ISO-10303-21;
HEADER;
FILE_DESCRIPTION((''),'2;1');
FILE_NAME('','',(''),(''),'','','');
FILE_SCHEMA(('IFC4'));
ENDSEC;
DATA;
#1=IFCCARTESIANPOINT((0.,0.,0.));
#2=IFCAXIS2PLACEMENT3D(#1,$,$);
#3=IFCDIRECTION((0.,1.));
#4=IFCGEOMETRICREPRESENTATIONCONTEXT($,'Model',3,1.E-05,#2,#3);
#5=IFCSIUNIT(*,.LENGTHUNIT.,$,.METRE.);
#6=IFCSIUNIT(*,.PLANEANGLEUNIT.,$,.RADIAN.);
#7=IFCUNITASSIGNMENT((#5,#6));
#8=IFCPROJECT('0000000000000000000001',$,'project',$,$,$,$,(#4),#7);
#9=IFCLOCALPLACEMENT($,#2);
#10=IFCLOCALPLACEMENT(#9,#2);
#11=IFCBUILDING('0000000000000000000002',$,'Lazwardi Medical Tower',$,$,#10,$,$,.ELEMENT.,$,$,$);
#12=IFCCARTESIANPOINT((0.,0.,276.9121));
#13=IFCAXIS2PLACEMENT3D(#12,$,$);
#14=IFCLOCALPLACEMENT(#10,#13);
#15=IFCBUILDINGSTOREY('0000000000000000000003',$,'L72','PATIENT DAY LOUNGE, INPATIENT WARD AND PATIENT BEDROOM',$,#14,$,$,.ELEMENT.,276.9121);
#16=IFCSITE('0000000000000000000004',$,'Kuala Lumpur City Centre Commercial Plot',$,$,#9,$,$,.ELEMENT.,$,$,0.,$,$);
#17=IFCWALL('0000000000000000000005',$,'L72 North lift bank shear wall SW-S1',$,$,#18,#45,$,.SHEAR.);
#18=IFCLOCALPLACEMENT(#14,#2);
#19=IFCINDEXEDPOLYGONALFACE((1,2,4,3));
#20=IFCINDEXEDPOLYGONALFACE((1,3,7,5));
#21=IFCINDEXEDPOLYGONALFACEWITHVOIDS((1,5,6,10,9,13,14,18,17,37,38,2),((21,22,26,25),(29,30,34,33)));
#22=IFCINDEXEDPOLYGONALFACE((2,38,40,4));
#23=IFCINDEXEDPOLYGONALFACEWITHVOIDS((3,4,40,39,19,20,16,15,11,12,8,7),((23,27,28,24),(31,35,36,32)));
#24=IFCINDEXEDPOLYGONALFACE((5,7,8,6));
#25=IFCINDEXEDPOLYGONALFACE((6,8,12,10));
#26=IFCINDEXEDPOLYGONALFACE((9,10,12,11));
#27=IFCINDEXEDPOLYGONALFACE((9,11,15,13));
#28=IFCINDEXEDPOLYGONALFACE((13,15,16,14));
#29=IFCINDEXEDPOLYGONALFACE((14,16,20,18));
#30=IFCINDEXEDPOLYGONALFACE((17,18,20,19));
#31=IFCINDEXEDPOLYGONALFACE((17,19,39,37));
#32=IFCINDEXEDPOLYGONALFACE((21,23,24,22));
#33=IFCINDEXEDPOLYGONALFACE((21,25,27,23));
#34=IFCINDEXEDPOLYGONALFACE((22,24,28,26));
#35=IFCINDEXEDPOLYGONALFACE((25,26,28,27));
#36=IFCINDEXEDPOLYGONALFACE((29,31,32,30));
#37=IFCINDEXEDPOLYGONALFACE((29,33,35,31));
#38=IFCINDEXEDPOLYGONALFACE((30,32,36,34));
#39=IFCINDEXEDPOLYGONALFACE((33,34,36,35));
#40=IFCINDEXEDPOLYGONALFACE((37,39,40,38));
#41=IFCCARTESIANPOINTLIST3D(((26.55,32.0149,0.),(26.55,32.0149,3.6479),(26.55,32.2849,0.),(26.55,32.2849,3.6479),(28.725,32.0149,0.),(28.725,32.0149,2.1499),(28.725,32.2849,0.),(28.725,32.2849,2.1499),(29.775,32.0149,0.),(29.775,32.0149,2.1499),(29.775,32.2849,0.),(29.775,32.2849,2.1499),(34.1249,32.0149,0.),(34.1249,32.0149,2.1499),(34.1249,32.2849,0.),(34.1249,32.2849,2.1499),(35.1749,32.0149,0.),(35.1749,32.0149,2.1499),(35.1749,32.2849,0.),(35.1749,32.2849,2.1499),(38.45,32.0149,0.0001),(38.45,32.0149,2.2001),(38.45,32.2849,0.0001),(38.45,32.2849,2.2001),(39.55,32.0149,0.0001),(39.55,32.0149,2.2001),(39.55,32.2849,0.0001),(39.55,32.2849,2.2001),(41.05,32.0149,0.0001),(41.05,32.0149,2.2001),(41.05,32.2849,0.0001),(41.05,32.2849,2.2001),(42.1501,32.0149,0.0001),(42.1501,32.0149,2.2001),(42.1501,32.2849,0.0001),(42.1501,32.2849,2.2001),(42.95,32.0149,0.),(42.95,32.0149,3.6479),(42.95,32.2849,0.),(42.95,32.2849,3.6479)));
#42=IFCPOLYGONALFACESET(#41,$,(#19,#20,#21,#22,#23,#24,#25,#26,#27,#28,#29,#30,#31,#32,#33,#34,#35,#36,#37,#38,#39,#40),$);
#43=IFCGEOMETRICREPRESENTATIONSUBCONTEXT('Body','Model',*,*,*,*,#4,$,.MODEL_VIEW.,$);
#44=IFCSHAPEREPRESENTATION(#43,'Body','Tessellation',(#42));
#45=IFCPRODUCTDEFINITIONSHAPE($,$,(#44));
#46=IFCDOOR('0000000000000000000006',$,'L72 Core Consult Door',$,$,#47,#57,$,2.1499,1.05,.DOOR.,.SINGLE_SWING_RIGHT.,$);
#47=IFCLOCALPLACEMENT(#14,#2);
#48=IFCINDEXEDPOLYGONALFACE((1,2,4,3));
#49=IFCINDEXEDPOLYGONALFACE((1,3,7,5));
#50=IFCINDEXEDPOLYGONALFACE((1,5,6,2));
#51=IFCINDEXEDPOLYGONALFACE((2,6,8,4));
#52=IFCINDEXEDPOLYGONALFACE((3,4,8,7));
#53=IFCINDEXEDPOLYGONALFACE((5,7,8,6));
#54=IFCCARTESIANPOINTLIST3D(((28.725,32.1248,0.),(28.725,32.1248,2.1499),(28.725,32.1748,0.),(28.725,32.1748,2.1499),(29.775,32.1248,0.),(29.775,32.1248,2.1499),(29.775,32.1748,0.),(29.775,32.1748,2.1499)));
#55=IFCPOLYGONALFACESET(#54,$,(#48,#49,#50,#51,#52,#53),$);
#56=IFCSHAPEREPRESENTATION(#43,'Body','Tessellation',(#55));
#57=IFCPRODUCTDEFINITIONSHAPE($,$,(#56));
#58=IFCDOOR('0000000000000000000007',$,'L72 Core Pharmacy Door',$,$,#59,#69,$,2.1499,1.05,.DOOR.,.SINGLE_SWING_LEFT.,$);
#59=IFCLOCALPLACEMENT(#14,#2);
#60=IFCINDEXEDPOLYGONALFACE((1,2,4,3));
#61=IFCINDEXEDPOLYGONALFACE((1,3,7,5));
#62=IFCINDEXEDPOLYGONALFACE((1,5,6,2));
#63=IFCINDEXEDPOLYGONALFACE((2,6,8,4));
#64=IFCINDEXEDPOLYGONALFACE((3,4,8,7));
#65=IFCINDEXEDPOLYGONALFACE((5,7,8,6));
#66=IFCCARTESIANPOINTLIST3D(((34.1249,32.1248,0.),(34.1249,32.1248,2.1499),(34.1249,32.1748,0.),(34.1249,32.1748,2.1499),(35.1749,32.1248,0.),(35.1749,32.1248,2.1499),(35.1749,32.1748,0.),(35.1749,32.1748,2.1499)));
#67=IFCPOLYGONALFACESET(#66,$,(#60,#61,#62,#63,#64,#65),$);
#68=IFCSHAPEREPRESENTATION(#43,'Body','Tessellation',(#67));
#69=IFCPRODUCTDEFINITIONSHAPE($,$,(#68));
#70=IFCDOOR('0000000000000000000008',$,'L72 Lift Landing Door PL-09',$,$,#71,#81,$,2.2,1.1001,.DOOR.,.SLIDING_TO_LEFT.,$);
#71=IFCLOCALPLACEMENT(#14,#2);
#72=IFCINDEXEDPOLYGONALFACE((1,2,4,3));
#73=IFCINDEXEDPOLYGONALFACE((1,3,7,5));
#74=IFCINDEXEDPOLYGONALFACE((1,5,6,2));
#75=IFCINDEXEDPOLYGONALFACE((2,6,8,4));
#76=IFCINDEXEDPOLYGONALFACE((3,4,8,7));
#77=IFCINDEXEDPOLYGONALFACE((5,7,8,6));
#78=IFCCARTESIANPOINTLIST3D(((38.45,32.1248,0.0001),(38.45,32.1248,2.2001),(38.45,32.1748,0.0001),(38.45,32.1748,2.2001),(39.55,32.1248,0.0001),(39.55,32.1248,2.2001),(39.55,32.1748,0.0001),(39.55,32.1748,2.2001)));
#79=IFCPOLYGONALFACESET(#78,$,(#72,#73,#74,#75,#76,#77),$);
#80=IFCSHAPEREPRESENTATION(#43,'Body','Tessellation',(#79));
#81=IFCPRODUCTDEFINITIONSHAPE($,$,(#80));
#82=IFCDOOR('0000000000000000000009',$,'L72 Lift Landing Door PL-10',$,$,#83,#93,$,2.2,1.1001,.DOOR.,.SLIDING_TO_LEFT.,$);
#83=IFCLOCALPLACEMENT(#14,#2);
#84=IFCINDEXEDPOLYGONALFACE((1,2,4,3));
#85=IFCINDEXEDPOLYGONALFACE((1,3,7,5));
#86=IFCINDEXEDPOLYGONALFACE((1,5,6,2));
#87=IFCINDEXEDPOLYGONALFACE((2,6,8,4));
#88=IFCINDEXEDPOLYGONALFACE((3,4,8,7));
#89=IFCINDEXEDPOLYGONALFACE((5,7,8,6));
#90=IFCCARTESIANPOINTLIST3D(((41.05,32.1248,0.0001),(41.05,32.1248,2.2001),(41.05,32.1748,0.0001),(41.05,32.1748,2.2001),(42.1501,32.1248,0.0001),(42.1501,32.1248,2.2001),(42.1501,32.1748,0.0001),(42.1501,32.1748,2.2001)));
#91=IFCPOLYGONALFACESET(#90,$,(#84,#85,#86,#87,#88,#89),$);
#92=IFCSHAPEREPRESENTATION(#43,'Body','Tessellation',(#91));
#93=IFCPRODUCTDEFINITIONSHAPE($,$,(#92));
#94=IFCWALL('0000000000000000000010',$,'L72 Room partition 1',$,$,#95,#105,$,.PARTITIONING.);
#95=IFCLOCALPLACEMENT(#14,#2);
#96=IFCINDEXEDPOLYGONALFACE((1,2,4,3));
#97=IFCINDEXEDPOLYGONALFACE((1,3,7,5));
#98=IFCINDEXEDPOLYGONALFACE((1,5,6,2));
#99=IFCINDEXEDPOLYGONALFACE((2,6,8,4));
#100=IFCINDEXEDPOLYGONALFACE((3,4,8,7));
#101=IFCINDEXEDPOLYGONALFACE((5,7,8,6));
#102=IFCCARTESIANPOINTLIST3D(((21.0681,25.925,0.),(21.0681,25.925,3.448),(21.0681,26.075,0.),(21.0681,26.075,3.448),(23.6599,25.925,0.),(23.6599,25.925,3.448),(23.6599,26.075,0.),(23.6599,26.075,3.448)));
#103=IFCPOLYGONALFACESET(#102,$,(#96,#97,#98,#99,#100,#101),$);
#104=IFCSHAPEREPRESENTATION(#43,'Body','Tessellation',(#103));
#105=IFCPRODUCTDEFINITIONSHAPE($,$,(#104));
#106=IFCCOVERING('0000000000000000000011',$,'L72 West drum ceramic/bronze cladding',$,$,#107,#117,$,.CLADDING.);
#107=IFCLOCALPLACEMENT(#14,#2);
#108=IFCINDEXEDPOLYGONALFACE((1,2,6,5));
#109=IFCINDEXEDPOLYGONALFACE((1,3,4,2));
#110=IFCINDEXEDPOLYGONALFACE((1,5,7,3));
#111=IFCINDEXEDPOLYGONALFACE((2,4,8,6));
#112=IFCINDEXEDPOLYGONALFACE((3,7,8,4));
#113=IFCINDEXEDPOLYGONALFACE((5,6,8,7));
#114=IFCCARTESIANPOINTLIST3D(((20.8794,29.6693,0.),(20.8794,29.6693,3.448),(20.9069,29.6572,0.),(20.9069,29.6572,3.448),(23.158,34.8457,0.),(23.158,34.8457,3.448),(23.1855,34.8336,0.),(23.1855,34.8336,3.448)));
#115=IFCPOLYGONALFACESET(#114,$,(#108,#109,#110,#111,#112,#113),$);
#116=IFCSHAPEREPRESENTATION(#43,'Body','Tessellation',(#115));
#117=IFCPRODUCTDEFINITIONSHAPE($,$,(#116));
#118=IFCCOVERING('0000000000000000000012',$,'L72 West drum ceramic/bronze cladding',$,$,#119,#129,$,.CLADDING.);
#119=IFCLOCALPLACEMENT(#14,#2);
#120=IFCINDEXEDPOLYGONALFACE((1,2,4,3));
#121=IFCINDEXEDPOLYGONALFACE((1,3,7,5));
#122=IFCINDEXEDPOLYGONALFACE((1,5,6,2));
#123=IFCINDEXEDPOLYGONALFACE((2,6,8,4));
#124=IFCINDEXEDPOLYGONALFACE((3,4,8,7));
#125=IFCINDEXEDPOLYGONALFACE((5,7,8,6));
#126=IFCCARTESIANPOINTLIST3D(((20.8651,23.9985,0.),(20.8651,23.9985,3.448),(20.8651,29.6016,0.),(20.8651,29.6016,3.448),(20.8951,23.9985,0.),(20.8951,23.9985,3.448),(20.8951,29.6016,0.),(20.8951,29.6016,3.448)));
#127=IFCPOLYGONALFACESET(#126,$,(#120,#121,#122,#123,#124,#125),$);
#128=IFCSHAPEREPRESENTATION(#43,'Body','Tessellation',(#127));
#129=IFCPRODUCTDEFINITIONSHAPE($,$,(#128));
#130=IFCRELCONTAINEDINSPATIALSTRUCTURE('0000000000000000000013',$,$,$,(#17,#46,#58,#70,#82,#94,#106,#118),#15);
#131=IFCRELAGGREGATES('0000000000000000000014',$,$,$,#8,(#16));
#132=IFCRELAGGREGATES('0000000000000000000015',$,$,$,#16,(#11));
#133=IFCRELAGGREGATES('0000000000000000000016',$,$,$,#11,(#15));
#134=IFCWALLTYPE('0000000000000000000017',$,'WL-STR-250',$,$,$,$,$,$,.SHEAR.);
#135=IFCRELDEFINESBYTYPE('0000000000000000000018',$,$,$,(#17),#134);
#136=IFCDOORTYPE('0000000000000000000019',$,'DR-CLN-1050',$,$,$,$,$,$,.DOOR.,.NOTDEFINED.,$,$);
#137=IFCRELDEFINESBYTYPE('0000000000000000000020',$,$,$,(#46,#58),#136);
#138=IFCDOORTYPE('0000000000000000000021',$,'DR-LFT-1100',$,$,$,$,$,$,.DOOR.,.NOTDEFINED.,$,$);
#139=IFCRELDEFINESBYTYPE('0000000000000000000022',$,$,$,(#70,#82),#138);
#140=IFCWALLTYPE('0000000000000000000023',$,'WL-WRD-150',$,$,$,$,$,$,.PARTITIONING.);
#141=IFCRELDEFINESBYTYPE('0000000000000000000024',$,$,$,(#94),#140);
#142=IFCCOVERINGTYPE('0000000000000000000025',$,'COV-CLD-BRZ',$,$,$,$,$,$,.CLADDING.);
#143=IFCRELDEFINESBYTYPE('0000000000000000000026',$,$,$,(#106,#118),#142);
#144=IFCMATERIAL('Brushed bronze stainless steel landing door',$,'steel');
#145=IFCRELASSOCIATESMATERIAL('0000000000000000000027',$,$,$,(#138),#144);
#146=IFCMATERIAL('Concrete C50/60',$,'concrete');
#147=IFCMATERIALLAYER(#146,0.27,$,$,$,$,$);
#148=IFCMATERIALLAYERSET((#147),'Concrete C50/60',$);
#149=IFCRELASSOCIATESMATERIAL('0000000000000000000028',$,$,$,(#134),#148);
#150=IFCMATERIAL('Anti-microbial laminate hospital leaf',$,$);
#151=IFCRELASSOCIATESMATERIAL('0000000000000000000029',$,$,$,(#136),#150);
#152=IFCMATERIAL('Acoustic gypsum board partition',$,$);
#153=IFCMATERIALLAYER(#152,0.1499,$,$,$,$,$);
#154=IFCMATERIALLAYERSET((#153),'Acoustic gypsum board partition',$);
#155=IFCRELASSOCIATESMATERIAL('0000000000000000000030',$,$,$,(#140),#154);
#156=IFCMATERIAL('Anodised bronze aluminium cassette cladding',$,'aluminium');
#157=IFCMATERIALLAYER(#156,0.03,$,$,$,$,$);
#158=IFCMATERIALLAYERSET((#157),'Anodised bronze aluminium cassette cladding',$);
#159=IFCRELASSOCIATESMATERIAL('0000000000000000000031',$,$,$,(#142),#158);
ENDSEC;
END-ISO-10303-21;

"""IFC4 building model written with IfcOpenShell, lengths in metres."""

from ifc_helpers import new_model, si_unit, direction, frame, frame_2d, origin, origin_2d, place, context, subcontext, project, spatial, rectangle, extrude, material, layer, layer_set, type_object, element, fill, save


model = new_model("IFC4")

# Units and contexts
model_context = context("Model", 3, precision=1e-05, world=origin(), true_north=direction((0.0, 1.0)))
body_context = subcontext(model_context, "Body", "Model", "MODEL_VIEW")
ifc_project = project(units=[si_unit("LENGTHUNIT", "METRE"), si_unit("PLANEANGLEUNIT", "RADIAN")], contexts=[model_context])

# Site, building, storey
site_placement = place(None, origin())
site = spatial("IfcSite", under=ifc_project, at=site_placement, Name="Kuala Lumpur City Centre Commercial Plot", CompositionType="ELEMENT", RefElevation=0.0)
building_placement = place(site_placement, origin())
building = spatial("IfcBuilding", under=site, at=building_placement, Name="Lazwardi Medical Tower", CompositionType="ELEMENT")
storey_placement = place(building_placement, frame((0.0, 0.0, 276.9121)))
storey = spatial("IfcBuildingStorey", under=building, at=storey_placement, Name="L72", Description="PATIENT DAY LOUNGE, INPATIENT WARD AND PATIENT BEDROOM", CompositionType="ELEMENT", Elevation=276.9121)

# Shared definitions
ifc_material_1 = material(Name="Anti-microbial laminate hospital leaf")
ifc_material_2 = material(Name="Brushed bronze stainless steel landing door", Category="steel")
door_type_1 = type_object("IfcDoorType", Name="DR-LFT-1100", OperationType="NOTDEFINED", PredefinedType="DOOR", material=ifc_material_2)

# Shared definitions
ifc_material_3 = material(Name="Concrete C50/60", Category="concrete")
ifc_layer_1 = layer(ifc_material_3, 0.27)
ifc_layer_set_1 = layer_set([ifc_layer_1], Name="Concrete C50/60")
wall_type_1 = type_object("IfcWallType", Name="WL-STR-250", PredefinedType="SHEAR", material=ifc_layer_set_1)

# Wall, openings, doors
wall_1_placement = place(storey_placement, frame((26.55, 32.1499, 0.0), z_axis=(0.0, 0.0, 1.0), x_axis=(1.0, 0.0, 0.0)))
wall_1 = element("IfcWall", 1, at=wall_1_placement, inside=storey, type_object=wall_type_1, Name="L72 North lift bank shear wall SW-S1", PredefinedType="SHEAR", context=body_context, shape_type="SweptSolid", body=[
    extrude(rectangle(XDim=16.3999, YDim=0.27, at=frame_2d((8.2, 0.0))), origin(), (0.0, 0.0, 1.0), 3.6479),
])
opening_1_placement = place(wall_1_placement, frame((2.175, 0.0, 0.0)))
opening_1 = element("IfcOpeningElement", 2, at=opening_1_placement, cuts=wall_1, PredefinedType="OPENING", context=body_context, shape_type="SweptSolid", body=[
    extrude(rectangle(XDim=1.05, YDim=2.1499, at=frame_2d((0.5249, 1.075))), frame((0.0, 0.145, 0.0), z_axis=(0.0, -1.0, 0.0), x_axis=(1.0, 0.0, 0.0)), (0.0, 0.0, 1.0), 0.29),
])
opening_2_placement = place(wall_1_placement, frame((7.575, 0.0, 0.0)))
opening_2 = element("IfcOpeningElement", 3, at=opening_2_placement, cuts=wall_1, PredefinedType="OPENING", context=body_context, shape_type="SweptSolid", body=[
    extrude(rectangle(XDim=1.05, YDim=2.1499, at=frame_2d((0.5249, 1.075))), frame((0.0, 0.145, 0.0), z_axis=(0.0, -1.0, 0.0), x_axis=(1.0, 0.0, 0.0)), (0.0, 0.0, 1.0), 0.29),
])
opening_3_placement = place(wall_1_placement, frame((11.8999, 0.0, 0.0)))
opening_3 = element("IfcOpeningElement", 4, at=opening_3_placement, cuts=wall_1, PredefinedType="OPENING", context=body_context, shape_type="SweptSolid", body=[
    extrude(rectangle(XDim=1.1001, YDim=2.2, at=frame_2d((0.55, 1.1001))), frame((0.0, 0.145, 0.0), z_axis=(0.0, -1.0, 0.0), x_axis=(1.0, 0.0, 0.0)), (0.0, 0.0, 1.0), 0.29),
])
opening_4_placement = place(wall_1_placement, frame((14.5, 0.0, 0.0)))
opening_4 = element("IfcOpeningElement", 5, at=opening_4_placement, cuts=wall_1, PredefinedType="OPENING", context=body_context, shape_type="SweptSolid", body=[
    extrude(rectangle(XDim=1.1001, YDim=2.2, at=frame_2d((0.55, 1.1001))), frame((0.0, 0.145, 0.0), z_axis=(0.0, -1.0, 0.0), x_axis=(1.0, 0.0, 0.0)), (0.0, 0.0, 1.0), 0.29),
])
door_type_2 = type_object("IfcDoorType", Name="DR-CLN-1050", OperationType="NOTDEFINED", PredefinedType="DOOR", material=ifc_material_1)
door_1_placement = place(opening_1_placement, origin())
door_1 = element("IfcDoor", 6, at=door_1_placement, inside=storey, type_object=door_type_2, Name="L72 Core Consult Door", OperationType="SINGLE_SWING_RIGHT", OverallHeight=2.1499, OverallWidth=1.05, PredefinedType="DOOR", context=body_context, shape_type="SweptSolid", body=[
    extrude(rectangle(XDim=1.05, YDim=2.1499, at=frame_2d((0.5249, 1.075))), frame((0.0, 0.0249, 0.0), z_axis=(0.0, -1.0, 0.0), x_axis=(1.0, 0.0, 0.0)), (0.0, 0.0, 1.0), 0.05),
])
fill(opening_1, door_1)
door_2_placement = place(opening_2_placement, origin())
door_2 = element("IfcDoor", 7, at=door_2_placement, inside=storey, type_object=door_type_2, Name="L72 Core Pharmacy Door", OperationType="SINGLE_SWING_LEFT", OverallHeight=2.1499, OverallWidth=1.05, PredefinedType="DOOR", context=body_context, shape_type="SweptSolid", body=[
    extrude(rectangle(XDim=1.05, YDim=2.1499, at=frame_2d((0.5249, 1.075))), frame((0.0, 0.0249, 0.0), z_axis=(0.0, -1.0, 0.0), x_axis=(1.0, 0.0, 0.0)), (0.0, 0.0, 1.0), 0.05),
])
fill(opening_2, door_2)
door_3_placement = place(opening_3_placement, origin())
door_3 = element("IfcDoor", 8, at=door_3_placement, inside=storey, type_object=door_type_1, Name="L72 Lift Landing Door PL-09", OperationType="SLIDING_TO_LEFT", OverallHeight=2.2, OverallWidth=1.1001, PredefinedType="DOOR", context=body_context, shape_type="SweptSolid", body=[
    extrude(rectangle(XDim=1.1001, YDim=2.2, at=frame_2d((0.55, 1.1001))), frame((0.0, 0.0249, 0.0), z_axis=(0.0, -1.0, 0.0), x_axis=(1.0, 0.0, 0.0)), (0.0, 0.0, 1.0), 0.05),
])
fill(opening_3, door_3)
door_4_placement = place(opening_4_placement, origin())
door_4 = element("IfcDoor", 9, at=door_4_placement, inside=storey, type_object=door_type_1, Name="L72 Lift Landing Door PL-10", OperationType="SLIDING_TO_LEFT", OverallHeight=2.2, OverallWidth=1.1001, PredefinedType="DOOR", context=body_context, shape_type="SweptSolid", body=[
    extrude(rectangle(XDim=1.1001, YDim=2.2, at=frame_2d((0.55, 1.1001))), frame((0.0, 0.0249, 0.0), z_axis=(0.0, -1.0, 0.0), x_axis=(1.0, 0.0, 0.0)), (0.0, 0.0, 1.0), 0.05),
])
fill(opening_4, door_4)

# Wall
ifc_material_4 = material(Name="Acoustic gypsum board partition")
ifc_layer_2 = layer(ifc_material_4, 0.1499)
ifc_layer_set_2 = layer_set([ifc_layer_2], Name="Acoustic gypsum board partition")
wall_type_2 = type_object("IfcWallType", Name="WL-WRD-150", PredefinedType="PARTITIONING", material=ifc_layer_set_2)
wall_2_placement = place(storey_placement, frame((21.0681, 26.0, 0.0), z_axis=(0.0, 0.0, 1.0), x_axis=(1.0, 0.0, 0.0)))
element("IfcWall", 10, at=wall_2_placement, inside=storey, type_object=wall_type_2, Name="L72 Room partition 1", PredefinedType="PARTITIONING", context=body_context, shape_type="SweptSolid", body=[
    extrude(rectangle(XDim=2.5918, YDim=0.1499, at=frame_2d((1.2959, 0.0))), origin(), (0.0, 0.0, 1.0), 3.448),
])

# Coverings
ifc_material_5 = material(Name="Anodised bronze aluminium cassette cladding", Category="aluminium")
ifc_layer_3 = layer(ifc_material_5, 0.03)
ifc_layer_set_3 = layer_set([ifc_layer_3], Name="Anodised bronze aluminium cassette cladding")
covering_type = type_object("IfcCoveringType", Name="COV-CLD-BRZ", PredefinedType="CLADDING", material=ifc_layer_set_3)
covering_1_placement = place(storey_placement, frame((22.0325, 32.2515, 0.0), z_axis=(0.0, 0.0, 1.0), x_axis=(-0.402878, -0.915254, 0.0)))
element("IfcCovering", 11, at=covering_1_placement, inside=storey, type_object=covering_type, Name="L72 West drum ceramic/bronze cladding", PredefinedType="CLADDING", context=body_context, shape_type="SweptSolid", body=[
    extrude(rectangle(XDim=5.6558, YDim=0.03, at=origin_2d()), origin(), (0.0, 0.0, 1.0), 3.448),
])
covering_2_placement = place(storey_placement, frame((20.8801, 26.8, 0.0), z_axis=(0.0, 0.0, 1.0), x_axis=(0.0, -1.0, 0.0)))
element("IfcCovering", 12, at=covering_2_placement, inside=storey, type_object=covering_type, Name="L72 West drum ceramic/bronze cladding", PredefinedType="CLADDING", context=body_context, shape_type="SweptSolid", body=[
    extrude(rectangle(XDim=5.603, YDim=0.03, at=origin_2d()), origin(), (0.0, 0.0, 1.0), 3.448),
])

save(model, "model.ifc")
